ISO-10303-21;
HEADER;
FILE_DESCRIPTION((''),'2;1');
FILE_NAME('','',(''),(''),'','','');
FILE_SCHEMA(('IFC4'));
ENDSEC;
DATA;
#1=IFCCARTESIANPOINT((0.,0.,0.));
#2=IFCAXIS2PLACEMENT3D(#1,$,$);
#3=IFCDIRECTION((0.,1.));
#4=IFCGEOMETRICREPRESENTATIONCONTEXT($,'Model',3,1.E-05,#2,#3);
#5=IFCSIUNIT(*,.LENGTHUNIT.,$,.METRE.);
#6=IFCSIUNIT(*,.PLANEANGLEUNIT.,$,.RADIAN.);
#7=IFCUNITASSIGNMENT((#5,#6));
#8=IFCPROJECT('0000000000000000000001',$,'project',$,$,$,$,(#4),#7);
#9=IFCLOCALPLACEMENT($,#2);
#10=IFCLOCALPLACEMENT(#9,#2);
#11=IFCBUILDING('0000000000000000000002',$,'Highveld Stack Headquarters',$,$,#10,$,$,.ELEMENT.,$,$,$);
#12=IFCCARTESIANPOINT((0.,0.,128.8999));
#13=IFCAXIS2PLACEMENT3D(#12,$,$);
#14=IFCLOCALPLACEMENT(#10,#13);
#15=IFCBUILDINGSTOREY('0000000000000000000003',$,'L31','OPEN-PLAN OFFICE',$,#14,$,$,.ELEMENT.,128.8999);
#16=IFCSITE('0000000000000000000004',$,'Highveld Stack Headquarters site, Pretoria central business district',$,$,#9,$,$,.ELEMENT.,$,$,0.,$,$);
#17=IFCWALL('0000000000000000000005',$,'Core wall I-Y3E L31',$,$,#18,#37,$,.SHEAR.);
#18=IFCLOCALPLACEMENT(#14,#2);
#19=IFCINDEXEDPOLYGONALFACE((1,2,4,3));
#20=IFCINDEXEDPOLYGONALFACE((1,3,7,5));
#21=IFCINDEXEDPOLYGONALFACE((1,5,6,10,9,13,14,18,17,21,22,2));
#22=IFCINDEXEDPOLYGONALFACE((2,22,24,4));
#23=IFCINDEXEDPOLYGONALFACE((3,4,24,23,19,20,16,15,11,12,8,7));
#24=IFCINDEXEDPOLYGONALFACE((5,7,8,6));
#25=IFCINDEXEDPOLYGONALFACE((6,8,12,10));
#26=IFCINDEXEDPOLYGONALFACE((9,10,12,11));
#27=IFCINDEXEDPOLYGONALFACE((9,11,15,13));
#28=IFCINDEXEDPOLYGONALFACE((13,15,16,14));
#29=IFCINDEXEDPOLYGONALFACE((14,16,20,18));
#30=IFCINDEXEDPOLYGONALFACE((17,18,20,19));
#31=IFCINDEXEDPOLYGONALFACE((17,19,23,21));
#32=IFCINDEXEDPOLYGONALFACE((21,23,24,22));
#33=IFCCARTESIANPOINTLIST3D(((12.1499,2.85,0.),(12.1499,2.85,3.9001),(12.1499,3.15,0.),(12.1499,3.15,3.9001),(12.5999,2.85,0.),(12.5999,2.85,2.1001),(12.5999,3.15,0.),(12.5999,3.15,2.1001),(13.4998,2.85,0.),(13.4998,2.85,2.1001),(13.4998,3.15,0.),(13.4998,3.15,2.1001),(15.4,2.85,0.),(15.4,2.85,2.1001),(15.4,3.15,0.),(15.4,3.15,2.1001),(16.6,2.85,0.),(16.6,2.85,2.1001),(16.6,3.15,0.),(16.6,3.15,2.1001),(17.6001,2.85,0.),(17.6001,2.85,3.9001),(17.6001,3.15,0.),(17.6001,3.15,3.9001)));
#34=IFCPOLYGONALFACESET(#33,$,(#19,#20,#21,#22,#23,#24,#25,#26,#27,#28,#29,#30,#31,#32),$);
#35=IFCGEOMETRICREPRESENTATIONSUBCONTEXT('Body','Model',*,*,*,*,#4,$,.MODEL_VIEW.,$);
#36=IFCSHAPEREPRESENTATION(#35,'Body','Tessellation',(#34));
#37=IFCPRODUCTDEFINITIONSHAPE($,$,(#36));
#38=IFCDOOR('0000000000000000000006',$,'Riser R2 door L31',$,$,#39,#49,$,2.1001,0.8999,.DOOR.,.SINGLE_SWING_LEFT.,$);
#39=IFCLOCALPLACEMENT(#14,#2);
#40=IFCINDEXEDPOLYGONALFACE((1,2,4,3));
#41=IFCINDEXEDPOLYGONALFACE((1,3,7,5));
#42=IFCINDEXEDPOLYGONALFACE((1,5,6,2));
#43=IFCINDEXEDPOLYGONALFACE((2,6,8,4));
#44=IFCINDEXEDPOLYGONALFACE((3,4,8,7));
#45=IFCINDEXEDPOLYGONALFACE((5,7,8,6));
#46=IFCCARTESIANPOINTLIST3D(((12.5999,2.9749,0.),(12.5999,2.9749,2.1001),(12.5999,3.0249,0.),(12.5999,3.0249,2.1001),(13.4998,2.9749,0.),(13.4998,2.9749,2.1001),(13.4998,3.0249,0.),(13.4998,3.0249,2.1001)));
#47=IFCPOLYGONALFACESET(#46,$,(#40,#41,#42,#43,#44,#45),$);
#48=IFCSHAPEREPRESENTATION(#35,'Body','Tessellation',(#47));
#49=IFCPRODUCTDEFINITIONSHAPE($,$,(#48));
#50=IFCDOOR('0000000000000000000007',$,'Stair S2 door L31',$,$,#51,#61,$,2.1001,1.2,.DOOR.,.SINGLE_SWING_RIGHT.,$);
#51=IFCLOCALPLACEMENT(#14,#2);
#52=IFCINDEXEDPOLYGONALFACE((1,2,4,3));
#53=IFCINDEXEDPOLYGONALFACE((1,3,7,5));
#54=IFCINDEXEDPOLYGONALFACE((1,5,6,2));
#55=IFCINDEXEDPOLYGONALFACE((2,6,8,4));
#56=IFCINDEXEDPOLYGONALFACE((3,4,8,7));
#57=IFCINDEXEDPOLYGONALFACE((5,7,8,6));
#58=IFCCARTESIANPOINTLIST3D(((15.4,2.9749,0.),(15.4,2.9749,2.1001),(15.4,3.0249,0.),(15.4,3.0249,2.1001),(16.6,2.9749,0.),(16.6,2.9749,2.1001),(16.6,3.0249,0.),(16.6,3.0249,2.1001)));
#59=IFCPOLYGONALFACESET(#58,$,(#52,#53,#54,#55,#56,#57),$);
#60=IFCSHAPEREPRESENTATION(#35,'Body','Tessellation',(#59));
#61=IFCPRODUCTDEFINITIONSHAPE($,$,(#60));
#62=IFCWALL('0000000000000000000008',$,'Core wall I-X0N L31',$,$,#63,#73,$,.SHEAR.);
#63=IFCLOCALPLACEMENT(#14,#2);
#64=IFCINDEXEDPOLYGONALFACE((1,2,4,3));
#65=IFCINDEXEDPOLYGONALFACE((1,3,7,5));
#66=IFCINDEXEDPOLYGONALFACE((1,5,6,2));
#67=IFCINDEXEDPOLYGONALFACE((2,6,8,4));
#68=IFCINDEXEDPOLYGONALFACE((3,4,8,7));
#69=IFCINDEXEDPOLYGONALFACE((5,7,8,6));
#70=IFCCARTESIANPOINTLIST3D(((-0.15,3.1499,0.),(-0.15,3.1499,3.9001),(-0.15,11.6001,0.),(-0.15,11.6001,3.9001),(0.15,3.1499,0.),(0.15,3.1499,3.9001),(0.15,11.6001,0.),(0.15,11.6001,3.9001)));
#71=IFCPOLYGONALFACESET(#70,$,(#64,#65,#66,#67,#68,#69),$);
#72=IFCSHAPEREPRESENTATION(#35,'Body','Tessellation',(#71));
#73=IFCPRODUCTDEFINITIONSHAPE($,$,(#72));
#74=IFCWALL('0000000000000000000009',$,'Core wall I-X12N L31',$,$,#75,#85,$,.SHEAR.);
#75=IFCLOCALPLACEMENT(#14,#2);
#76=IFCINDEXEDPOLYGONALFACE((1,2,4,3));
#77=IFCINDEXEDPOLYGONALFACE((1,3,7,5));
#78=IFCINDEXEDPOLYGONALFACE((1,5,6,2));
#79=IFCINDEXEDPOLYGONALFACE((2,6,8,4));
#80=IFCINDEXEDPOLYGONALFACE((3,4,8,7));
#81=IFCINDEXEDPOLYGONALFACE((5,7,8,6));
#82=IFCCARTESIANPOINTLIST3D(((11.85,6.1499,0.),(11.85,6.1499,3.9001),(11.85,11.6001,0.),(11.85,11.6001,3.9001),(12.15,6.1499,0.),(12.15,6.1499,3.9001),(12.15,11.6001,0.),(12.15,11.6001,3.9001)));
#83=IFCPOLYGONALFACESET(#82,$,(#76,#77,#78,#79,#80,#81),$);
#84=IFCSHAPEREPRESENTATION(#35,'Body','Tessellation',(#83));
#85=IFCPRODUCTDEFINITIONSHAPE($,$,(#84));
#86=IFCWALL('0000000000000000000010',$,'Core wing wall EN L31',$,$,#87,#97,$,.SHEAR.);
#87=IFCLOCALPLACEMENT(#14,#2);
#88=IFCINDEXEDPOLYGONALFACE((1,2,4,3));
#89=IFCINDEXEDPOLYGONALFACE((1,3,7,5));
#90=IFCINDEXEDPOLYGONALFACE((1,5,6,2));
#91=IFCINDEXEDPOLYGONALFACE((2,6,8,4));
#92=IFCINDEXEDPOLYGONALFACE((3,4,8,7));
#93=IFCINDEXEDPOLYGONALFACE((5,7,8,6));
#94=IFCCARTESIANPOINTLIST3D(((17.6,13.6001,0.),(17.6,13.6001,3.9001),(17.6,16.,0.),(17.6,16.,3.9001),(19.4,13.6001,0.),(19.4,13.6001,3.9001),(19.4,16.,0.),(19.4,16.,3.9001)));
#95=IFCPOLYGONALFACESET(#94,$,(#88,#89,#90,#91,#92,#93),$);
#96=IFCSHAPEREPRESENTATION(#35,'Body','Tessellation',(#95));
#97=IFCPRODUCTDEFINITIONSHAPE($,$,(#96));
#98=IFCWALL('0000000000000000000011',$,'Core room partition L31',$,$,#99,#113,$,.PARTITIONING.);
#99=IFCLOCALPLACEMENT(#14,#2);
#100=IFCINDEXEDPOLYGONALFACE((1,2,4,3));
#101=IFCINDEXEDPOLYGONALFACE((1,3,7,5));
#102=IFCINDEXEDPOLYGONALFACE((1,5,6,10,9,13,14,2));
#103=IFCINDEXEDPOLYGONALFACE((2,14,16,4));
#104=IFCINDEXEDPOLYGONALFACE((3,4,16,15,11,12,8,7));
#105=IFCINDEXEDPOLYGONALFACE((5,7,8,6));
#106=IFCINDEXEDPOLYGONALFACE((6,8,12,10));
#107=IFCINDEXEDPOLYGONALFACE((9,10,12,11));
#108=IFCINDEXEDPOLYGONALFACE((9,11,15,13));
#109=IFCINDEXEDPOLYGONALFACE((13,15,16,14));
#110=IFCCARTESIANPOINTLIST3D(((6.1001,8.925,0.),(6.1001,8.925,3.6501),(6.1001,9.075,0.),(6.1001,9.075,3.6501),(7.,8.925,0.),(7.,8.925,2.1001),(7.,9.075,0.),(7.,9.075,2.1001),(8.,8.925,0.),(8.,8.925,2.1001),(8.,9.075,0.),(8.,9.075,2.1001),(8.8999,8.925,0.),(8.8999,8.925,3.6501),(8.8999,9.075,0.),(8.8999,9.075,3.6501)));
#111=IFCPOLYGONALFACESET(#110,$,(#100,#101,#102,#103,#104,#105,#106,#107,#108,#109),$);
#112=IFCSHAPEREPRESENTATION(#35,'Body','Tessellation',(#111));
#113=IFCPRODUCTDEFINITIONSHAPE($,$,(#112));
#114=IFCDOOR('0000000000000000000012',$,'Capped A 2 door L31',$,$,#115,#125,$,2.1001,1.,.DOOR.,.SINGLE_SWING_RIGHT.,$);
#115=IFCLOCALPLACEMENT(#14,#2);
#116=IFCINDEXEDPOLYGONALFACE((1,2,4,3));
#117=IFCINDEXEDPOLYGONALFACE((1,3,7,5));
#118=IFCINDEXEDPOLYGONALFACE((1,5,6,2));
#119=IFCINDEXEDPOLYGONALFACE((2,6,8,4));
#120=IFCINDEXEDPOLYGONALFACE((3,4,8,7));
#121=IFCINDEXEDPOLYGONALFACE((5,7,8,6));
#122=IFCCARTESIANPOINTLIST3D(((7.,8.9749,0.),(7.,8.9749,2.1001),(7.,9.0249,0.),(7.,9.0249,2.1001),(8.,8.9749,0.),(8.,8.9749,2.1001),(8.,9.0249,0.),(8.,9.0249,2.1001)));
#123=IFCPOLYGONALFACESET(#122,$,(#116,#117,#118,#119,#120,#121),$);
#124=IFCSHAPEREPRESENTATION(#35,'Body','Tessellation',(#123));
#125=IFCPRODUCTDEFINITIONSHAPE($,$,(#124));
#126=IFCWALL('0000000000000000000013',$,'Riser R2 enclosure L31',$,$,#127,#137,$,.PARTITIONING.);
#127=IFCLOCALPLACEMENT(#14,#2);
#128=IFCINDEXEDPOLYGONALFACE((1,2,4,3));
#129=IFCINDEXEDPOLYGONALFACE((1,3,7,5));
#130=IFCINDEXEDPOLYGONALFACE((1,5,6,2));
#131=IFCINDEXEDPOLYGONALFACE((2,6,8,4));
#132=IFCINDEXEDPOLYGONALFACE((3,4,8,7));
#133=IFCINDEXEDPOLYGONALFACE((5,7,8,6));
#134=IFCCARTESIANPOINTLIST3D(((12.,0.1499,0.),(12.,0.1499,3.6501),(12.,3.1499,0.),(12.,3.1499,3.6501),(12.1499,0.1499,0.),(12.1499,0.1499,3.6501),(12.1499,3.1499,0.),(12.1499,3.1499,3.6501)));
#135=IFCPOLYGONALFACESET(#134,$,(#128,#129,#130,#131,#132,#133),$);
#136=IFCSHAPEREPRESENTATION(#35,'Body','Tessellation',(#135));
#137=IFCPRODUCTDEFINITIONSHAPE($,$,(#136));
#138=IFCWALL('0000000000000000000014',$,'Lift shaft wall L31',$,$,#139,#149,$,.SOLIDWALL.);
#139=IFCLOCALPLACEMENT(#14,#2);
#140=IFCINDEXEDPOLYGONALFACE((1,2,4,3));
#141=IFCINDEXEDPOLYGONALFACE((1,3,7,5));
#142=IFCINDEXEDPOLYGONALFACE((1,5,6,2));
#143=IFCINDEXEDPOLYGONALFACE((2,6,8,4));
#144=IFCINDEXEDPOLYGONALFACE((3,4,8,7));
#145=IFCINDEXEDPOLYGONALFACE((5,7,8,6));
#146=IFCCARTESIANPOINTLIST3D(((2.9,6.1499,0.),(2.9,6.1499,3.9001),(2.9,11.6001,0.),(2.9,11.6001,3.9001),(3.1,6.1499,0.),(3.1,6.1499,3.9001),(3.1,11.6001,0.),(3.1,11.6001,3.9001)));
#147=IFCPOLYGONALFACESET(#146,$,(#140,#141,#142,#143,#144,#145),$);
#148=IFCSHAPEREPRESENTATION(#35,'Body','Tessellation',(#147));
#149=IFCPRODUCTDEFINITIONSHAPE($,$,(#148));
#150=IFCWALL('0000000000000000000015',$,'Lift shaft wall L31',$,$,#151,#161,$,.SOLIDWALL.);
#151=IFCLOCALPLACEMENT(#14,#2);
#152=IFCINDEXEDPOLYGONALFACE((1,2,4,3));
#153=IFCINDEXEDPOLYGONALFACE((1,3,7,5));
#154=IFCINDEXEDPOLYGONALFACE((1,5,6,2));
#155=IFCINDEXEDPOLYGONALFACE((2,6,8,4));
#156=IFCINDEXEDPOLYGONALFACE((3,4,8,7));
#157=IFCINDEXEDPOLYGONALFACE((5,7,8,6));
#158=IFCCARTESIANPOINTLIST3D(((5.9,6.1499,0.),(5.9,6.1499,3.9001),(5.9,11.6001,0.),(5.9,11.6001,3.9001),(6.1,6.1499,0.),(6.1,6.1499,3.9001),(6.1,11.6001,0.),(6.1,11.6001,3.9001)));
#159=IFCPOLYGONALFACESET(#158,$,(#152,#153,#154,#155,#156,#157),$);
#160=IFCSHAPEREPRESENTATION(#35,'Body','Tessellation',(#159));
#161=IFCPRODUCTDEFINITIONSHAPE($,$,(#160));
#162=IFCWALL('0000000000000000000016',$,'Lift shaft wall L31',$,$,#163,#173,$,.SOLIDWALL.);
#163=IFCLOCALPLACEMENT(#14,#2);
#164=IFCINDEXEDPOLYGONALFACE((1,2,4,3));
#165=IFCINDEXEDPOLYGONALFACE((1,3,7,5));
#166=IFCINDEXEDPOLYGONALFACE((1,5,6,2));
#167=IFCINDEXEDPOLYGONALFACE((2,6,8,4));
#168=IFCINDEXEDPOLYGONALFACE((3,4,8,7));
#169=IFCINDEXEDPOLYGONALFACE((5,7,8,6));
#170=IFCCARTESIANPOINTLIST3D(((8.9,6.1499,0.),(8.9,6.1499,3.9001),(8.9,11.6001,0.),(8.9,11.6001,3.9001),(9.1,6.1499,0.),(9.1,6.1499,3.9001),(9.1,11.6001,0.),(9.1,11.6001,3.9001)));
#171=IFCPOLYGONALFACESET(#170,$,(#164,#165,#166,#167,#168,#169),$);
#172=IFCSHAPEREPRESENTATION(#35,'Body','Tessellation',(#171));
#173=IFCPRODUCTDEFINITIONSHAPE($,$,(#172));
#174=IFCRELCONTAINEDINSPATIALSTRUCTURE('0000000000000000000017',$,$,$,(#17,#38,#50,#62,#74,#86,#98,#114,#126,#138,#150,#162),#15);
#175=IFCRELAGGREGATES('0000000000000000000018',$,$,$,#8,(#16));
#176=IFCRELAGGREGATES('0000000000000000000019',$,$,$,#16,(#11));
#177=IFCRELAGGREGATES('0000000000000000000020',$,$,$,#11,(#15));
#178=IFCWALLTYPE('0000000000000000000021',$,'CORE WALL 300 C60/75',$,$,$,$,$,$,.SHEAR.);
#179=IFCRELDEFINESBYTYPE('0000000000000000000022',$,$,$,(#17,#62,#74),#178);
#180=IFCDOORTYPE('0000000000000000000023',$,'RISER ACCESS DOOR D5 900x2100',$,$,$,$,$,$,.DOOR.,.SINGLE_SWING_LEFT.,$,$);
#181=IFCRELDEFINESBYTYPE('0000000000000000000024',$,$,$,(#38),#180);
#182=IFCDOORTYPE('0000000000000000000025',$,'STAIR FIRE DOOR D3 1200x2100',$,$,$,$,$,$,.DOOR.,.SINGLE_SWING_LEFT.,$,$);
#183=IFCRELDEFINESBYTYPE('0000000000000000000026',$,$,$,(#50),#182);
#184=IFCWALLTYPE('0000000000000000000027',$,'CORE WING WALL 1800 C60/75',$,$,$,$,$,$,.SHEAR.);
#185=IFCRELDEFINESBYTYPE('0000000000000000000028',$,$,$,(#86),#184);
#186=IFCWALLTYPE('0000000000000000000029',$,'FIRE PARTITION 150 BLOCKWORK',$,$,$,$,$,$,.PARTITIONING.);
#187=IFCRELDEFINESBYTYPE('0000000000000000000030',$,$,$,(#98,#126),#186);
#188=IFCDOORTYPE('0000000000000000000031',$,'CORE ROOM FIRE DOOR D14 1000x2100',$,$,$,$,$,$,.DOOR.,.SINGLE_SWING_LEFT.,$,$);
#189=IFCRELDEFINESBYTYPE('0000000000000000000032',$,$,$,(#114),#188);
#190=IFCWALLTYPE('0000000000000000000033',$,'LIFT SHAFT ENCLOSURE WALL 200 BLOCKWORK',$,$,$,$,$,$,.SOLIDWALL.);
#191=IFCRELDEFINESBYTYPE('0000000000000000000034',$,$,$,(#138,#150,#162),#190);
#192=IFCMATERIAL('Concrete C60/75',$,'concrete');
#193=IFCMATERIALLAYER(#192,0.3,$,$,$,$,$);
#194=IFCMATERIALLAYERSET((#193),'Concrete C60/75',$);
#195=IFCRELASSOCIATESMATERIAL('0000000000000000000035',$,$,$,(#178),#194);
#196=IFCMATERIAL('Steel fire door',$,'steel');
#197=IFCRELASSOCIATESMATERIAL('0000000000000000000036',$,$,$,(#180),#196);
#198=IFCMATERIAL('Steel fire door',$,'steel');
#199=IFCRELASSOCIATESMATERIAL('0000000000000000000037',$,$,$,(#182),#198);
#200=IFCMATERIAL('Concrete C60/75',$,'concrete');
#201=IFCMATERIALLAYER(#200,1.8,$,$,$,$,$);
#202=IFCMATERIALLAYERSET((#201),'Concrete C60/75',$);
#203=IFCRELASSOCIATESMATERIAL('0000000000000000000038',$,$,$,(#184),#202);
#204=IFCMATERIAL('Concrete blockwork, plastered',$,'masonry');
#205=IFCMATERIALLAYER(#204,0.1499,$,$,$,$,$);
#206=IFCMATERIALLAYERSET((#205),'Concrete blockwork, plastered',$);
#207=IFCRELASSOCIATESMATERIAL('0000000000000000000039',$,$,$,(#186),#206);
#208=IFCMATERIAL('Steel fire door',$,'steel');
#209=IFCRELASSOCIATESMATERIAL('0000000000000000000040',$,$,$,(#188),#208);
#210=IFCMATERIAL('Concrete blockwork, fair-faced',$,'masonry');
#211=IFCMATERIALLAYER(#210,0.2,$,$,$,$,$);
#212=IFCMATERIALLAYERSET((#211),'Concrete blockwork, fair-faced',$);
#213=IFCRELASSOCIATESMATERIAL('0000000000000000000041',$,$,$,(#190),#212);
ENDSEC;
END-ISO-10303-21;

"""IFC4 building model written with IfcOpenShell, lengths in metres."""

from ifc_helpers import new_model, si_unit, direction, frame, frame_2d, origin, place, context, subcontext, project, spatial, rectangle, extrude, material, layer, layer_set, type_object, element, fill, save


model = new_model("IFC4")

# Units and contexts
model_context = context("Model", 3, precision=1e-05, world=origin(), true_north=direction((0.0, 1.0)))
body_context = subcontext(model_context, "Body", "Model", "MODEL_VIEW")
ifc_project = project(units=[si_unit("LENGTHUNIT", "METRE"), si_unit("PLANEANGLEUNIT", "RADIAN")], contexts=[model_context])

# Site, building, storey
site_placement = place(None, origin())
site = spatial("IfcSite", under=ifc_project, at=site_placement, Name="Highveld Stack Headquarters site, Pretoria central business district", CompositionType="ELEMENT", RefElevation=0.0)
building_placement = place(site_placement, origin())
building = spatial("IfcBuilding", under=site, at=building_placement, Name="Highveld Stack Headquarters", CompositionType="ELEMENT")
storey_placement = place(building_placement, frame((0.0, 0.0, 128.8999)))
storey = spatial("IfcBuildingStorey", under=building, at=storey_placement, Name="L31", Description="OPEN-PLAN OFFICE", CompositionType="ELEMENT", Elevation=128.8999)

# Wall, openings, doors
ifc_material_1 = material(Name="Concrete C60/75", Category="concrete")
ifc_layer_1 = layer(ifc_material_1, 0.3)
ifc_layer_set_1 = layer_set([ifc_layer_1], Name="Concrete C60/75")
wall_type_1 = type_object("IfcWallType", Name="CORE WALL 300 C60/75", PredefinedType="SHEAR", material=ifc_layer_set_1)
wall_1_placement = place(storey_placement, frame((12.1499, 3.0, 0.0), z_axis=(0.0, 0.0, 1.0), x_axis=(1.0, 0.0, 0.0)))
wall_1 = element("IfcWall", 1, at=wall_1_placement, inside=storey, type_object=wall_type_1, Name="Core wall I-Y3E L31", PredefinedType="SHEAR", context=body_context, shape_type="SweptSolid", body=[
    extrude(rectangle(XDim=5.4502, YDim=0.3, at=frame_2d((2.7251, 0.0))), origin(), (0.0, 0.0, 1.0), 3.9001),
])
opening_1_placement = place(wall_1_placement, frame((3.25, 0.0, 0.0)))
opening_1 = element("IfcOpeningElement", 2, at=opening_1_placement, cuts=wall_1, PredefinedType="OPENING", context=body_context, shape_type="SweptSolid", body=[
    extrude(rectangle(XDim=1.2, YDim=2.1001, at=frame_2d((0.6001, 1.05))), frame((0.0, 0.1599, 0.0), z_axis=(0.0, -1.0, 0.0), x_axis=(1.0, 0.0, 0.0)), (0.0, 0.0, 1.0), 0.3201),
])
opening_2_placement = place(wall_1_placement, frame((0.45, 0.0, 0.0)))
opening_2 = element("IfcOpeningElement", 3, at=opening_2_placement, cuts=wall_1, PredefinedType="OPENING", context=body_context, shape_type="SweptSolid", body=[
    extrude(rectangle(XDim=0.8999, YDim=2.1001, at=frame_2d((0.45, 1.05))), frame((0.0, 0.1599, 0.0), z_axis=(0.0, -1.0, 0.0), x_axis=(1.0, 0.0, 0.0)), (0.0, 0.0, 1.0), 0.3201),
])
ifc_material_2 = material(Name="Steel fire door", Category="steel")
door_type_1 = type_object("IfcDoorType", Name="RISER ACCESS DOOR D5 900x2100", OperationType="SINGLE_SWING_LEFT", PredefinedType="DOOR", material=ifc_material_2)
door_1_placement = place(opening_2_placement, origin())
door_1 = element("IfcDoor", 4, at=door_1_placement, inside=storey, type_object=door_type_1, Name="Riser R2 door L31", OperationType="SINGLE_SWING_LEFT", OverallHeight=2.1001, OverallWidth=0.8999, PredefinedType="DOOR", context=body_context, shape_type="SweptSolid", body=[
    extrude(rectangle(XDim=0.8999, YDim=2.1001, at=frame_2d((0.45, 1.05))), frame((0.0, 0.0249, 0.0), z_axis=(0.0, -1.0, 0.0), x_axis=(1.0, 0.0, 0.0)), (0.0, 0.0, 1.0), 0.05),
])
fill(opening_2, door_1)
ifc_material_3 = material(Name="Steel fire door", Category="steel")
door_type_2 = type_object("IfcDoorType", Name="STAIR FIRE DOOR D3 1200x2100", OperationType="SINGLE_SWING_LEFT", PredefinedType="DOOR", material=ifc_material_3)
door_2_placement = place(opening_1_placement, origin())
door_2 = element("IfcDoor", 5, at=door_2_placement, inside=storey, type_object=door_type_2, Name="Stair S2 door L31", OperationType="SINGLE_SWING_RIGHT", OverallHeight=2.1001, OverallWidth=1.2, PredefinedType="DOOR", context=body_context, shape_type="SweptSolid", body=[
    extrude(rectangle(XDim=1.2, YDim=2.1001, at=frame_2d((0.6001, 1.05))), frame((0.0, 0.0249, 0.0), z_axis=(0.0, -1.0, 0.0), x_axis=(1.0, 0.0, 0.0)), (0.0, 0.0, 1.0), 0.05),
])
fill(opening_1, door_2)

# Walls
wall_2_placement = place(storey_placement, frame((0.0, 3.1499, 0.0), z_axis=(0.0, 0.0, 1.0), x_axis=(0.0, 1.0, 0.0)))
element("IfcWall", 6, at=wall_2_placement, inside=storey, type_object=wall_type_1, Name="Core wall I-X0N L31", PredefinedType="SHEAR", context=body_context, shape_type="SweptSolid", body=[
    extrude(rectangle(XDim=8.4502, YDim=0.3, at=frame_2d((4.2251, 0.0))), origin(), (0.0, 0.0, 1.0), 3.9001),
])
wall_3_placement = place(storey_placement, frame((12.0, 6.1499, 0.0), z_axis=(0.0, 0.0, 1.0), x_axis=(0.0, 1.0, 0.0)))
element("IfcWall", 7, at=wall_3_placement, inside=storey, type_object=wall_type_1, Name="Core wall I-X12N L31", PredefinedType="SHEAR", context=body_context, shape_type="SweptSolid", body=[
    extrude(rectangle(XDim=5.4502, YDim=0.3, at=frame_2d((2.7251, 0.0))), origin(), (0.0, 0.0, 1.0), 3.9001),
])
ifc_material_4 = material(Name="Concrete C60/75", Category="concrete")
ifc_layer_2 = layer(ifc_material_4, 1.8)
ifc_layer_set_2 = layer_set([ifc_layer_2], Name="Concrete C60/75")
wall_type_2 = type_object("IfcWallType", Name="CORE WING WALL 1800 C60/75", PredefinedType="SHEAR", material=ifc_layer_set_2)
wall_4_placement = place(storey_placement, frame((18.5, 13.6001, 0.0), z_axis=(0.0, 0.0, 1.0), x_axis=(0.0, 1.0, 0.0)))
element("IfcWall", 8, at=wall_4_placement, inside=storey, type_object=wall_type_2, Name="Core wing wall EN L31", PredefinedType="SHEAR", context=body_context, shape_type="SweptSolid", body=[
    extrude(rectangle(XDim=2.3999, YDim=1.8, at=frame_2d((1.2, 0.0))), origin(), (0.0, 0.0, 1.0), 3.9001),
])

# Wall, opening, door
ifc_material_5 = material(Name="Concrete blockwork, plastered", Category="masonry")
ifc_layer_3 = layer(ifc_material_5, 0.1499)
ifc_layer_set_3 = layer_set([ifc_layer_3], Name="Concrete blockwork, plastered")
wall_type_3 = type_object("IfcWallType", Name="FIRE PARTITION 150 BLOCKWORK", PredefinedType="PARTITIONING", material=ifc_layer_set_3)
wall_5_placement = place(storey_placement, frame((6.1001, 9.0, 0.0), z_axis=(0.0, 0.0, 1.0), x_axis=(1.0, 0.0, 0.0)))
wall_5 = element("IfcWall", 9, at=wall_5_placement, inside=storey, type_object=wall_type_3, Name="Core room partition L31", PredefinedType="PARTITIONING", context=body_context, shape_type="SweptSolid", body=[
    extrude(rectangle(XDim=2.7998, YDim=0.1499, at=frame_2d((1.3999, 0.0))), origin(), (0.0, 0.0, 1.0), 3.6501),
])
opening_3_placement = place(wall_5_placement, frame((0.8999, 0.0, 0.0)))
opening_3 = element("IfcOpeningElement", 10, at=opening_3_placement, cuts=wall_5, PredefinedType="OPENING", context=body_context, shape_type="SweptSolid", body=[
    extrude(rectangle(XDim=1.0, YDim=2.1001, at=frame_2d((0.5, 1.05))), frame((0.0, 0.085, 0.0), z_axis=(0.0, -1.0, 0.0), x_axis=(1.0, 0.0, 0.0)), (0.0, 0.0, 1.0), 0.1699),
])
ifc_material_6 = material(Name="Steel fire door", Category="steel")
door_type_3 = type_object("IfcDoorType", Name="CORE ROOM FIRE DOOR D14 1000x2100", OperationType="SINGLE_SWING_LEFT", PredefinedType="DOOR", material=ifc_material_6)
door_3_placement = place(opening_3_placement, origin())
door_3 = element("IfcDoor", 11, at=door_3_placement, inside=storey, type_object=door_type_3, Name="Capped A 2 door L31", OperationType="SINGLE_SWING_RIGHT", OverallHeight=2.1001, OverallWidth=1.0, PredefinedType="DOOR", context=body_context, shape_type="SweptSolid", body=[
    extrude(rectangle(XDim=1.0, YDim=2.1001, at=frame_2d((0.5, 1.05))), frame((0.0, 0.0249, 0.0), z_axis=(0.0, -1.0, 0.0), x_axis=(1.0, 0.0, 0.0)), (0.0, 0.0, 1.0), 0.05),
])
fill(opening_3, door_3)

# Walls
wall_6_placement = place(storey_placement, frame((12.075, 0.1499, 0.0), z_axis=(0.0, 0.0, 1.0), x_axis=(0.0, 1.0, 0.0)))
element("IfcWall", 12, at=wall_6_placement, inside=storey, type_object=wall_type_3, Name="Riser R2 enclosure L31", PredefinedType="PARTITIONING", context=body_context, shape_type="SweptSolid", body=[
    extrude(rectangle(XDim=3.0, YDim=0.1499, at=frame_2d((1.5, 0.0))), origin(), (0.0, 0.0, 1.0), 3.6501),
])
ifc_material_7 = material(Name="Concrete blockwork, fair-faced", Category="masonry")
ifc_layer_4 = layer(ifc_material_7, 0.2)
ifc_layer_set_4 = layer_set([ifc_layer_4], Name="Concrete blockwork, fair-faced")
wall_type_4 = type_object("IfcWallType", Name="LIFT SHAFT ENCLOSURE WALL 200 BLOCKWORK", PredefinedType="SOLIDWALL", material=ifc_layer_set_4)
for number, where, z_axis, x_axis, name in (
    (13, (3.0, 6.1499, 0.0), (0.0, 0.0, 1.0), (0.0, 1.0, 0.0), "Lift shaft wall L31"),
    (14, (6.0, 6.1499, 0.0), (0.0, 0.0, 1.0), (0.0, 1.0, 0.0), "Lift shaft wall L31"),
    (15, (9.0, 6.1499, 0.0), (0.0, 0.0, 1.0), (0.0, 1.0, 0.0), "Lift shaft wall L31"),
):
    element("IfcWall", number, at=place(storey_placement, frame(where, z_axis=z_axis, x_axis=x_axis)), inside=storey, type_object=wall_type_4, Name=name, PredefinedType="SOLIDWALL", context=body_context, shape_type="SweptSolid", body=[
        extrude(rectangle(XDim=5.4502, YDim=0.2, at=frame_2d((2.7251, 0.0))), origin(), (0.0, 0.0, 1.0), 3.9001),
    ])

save(model, "model.ifc")
